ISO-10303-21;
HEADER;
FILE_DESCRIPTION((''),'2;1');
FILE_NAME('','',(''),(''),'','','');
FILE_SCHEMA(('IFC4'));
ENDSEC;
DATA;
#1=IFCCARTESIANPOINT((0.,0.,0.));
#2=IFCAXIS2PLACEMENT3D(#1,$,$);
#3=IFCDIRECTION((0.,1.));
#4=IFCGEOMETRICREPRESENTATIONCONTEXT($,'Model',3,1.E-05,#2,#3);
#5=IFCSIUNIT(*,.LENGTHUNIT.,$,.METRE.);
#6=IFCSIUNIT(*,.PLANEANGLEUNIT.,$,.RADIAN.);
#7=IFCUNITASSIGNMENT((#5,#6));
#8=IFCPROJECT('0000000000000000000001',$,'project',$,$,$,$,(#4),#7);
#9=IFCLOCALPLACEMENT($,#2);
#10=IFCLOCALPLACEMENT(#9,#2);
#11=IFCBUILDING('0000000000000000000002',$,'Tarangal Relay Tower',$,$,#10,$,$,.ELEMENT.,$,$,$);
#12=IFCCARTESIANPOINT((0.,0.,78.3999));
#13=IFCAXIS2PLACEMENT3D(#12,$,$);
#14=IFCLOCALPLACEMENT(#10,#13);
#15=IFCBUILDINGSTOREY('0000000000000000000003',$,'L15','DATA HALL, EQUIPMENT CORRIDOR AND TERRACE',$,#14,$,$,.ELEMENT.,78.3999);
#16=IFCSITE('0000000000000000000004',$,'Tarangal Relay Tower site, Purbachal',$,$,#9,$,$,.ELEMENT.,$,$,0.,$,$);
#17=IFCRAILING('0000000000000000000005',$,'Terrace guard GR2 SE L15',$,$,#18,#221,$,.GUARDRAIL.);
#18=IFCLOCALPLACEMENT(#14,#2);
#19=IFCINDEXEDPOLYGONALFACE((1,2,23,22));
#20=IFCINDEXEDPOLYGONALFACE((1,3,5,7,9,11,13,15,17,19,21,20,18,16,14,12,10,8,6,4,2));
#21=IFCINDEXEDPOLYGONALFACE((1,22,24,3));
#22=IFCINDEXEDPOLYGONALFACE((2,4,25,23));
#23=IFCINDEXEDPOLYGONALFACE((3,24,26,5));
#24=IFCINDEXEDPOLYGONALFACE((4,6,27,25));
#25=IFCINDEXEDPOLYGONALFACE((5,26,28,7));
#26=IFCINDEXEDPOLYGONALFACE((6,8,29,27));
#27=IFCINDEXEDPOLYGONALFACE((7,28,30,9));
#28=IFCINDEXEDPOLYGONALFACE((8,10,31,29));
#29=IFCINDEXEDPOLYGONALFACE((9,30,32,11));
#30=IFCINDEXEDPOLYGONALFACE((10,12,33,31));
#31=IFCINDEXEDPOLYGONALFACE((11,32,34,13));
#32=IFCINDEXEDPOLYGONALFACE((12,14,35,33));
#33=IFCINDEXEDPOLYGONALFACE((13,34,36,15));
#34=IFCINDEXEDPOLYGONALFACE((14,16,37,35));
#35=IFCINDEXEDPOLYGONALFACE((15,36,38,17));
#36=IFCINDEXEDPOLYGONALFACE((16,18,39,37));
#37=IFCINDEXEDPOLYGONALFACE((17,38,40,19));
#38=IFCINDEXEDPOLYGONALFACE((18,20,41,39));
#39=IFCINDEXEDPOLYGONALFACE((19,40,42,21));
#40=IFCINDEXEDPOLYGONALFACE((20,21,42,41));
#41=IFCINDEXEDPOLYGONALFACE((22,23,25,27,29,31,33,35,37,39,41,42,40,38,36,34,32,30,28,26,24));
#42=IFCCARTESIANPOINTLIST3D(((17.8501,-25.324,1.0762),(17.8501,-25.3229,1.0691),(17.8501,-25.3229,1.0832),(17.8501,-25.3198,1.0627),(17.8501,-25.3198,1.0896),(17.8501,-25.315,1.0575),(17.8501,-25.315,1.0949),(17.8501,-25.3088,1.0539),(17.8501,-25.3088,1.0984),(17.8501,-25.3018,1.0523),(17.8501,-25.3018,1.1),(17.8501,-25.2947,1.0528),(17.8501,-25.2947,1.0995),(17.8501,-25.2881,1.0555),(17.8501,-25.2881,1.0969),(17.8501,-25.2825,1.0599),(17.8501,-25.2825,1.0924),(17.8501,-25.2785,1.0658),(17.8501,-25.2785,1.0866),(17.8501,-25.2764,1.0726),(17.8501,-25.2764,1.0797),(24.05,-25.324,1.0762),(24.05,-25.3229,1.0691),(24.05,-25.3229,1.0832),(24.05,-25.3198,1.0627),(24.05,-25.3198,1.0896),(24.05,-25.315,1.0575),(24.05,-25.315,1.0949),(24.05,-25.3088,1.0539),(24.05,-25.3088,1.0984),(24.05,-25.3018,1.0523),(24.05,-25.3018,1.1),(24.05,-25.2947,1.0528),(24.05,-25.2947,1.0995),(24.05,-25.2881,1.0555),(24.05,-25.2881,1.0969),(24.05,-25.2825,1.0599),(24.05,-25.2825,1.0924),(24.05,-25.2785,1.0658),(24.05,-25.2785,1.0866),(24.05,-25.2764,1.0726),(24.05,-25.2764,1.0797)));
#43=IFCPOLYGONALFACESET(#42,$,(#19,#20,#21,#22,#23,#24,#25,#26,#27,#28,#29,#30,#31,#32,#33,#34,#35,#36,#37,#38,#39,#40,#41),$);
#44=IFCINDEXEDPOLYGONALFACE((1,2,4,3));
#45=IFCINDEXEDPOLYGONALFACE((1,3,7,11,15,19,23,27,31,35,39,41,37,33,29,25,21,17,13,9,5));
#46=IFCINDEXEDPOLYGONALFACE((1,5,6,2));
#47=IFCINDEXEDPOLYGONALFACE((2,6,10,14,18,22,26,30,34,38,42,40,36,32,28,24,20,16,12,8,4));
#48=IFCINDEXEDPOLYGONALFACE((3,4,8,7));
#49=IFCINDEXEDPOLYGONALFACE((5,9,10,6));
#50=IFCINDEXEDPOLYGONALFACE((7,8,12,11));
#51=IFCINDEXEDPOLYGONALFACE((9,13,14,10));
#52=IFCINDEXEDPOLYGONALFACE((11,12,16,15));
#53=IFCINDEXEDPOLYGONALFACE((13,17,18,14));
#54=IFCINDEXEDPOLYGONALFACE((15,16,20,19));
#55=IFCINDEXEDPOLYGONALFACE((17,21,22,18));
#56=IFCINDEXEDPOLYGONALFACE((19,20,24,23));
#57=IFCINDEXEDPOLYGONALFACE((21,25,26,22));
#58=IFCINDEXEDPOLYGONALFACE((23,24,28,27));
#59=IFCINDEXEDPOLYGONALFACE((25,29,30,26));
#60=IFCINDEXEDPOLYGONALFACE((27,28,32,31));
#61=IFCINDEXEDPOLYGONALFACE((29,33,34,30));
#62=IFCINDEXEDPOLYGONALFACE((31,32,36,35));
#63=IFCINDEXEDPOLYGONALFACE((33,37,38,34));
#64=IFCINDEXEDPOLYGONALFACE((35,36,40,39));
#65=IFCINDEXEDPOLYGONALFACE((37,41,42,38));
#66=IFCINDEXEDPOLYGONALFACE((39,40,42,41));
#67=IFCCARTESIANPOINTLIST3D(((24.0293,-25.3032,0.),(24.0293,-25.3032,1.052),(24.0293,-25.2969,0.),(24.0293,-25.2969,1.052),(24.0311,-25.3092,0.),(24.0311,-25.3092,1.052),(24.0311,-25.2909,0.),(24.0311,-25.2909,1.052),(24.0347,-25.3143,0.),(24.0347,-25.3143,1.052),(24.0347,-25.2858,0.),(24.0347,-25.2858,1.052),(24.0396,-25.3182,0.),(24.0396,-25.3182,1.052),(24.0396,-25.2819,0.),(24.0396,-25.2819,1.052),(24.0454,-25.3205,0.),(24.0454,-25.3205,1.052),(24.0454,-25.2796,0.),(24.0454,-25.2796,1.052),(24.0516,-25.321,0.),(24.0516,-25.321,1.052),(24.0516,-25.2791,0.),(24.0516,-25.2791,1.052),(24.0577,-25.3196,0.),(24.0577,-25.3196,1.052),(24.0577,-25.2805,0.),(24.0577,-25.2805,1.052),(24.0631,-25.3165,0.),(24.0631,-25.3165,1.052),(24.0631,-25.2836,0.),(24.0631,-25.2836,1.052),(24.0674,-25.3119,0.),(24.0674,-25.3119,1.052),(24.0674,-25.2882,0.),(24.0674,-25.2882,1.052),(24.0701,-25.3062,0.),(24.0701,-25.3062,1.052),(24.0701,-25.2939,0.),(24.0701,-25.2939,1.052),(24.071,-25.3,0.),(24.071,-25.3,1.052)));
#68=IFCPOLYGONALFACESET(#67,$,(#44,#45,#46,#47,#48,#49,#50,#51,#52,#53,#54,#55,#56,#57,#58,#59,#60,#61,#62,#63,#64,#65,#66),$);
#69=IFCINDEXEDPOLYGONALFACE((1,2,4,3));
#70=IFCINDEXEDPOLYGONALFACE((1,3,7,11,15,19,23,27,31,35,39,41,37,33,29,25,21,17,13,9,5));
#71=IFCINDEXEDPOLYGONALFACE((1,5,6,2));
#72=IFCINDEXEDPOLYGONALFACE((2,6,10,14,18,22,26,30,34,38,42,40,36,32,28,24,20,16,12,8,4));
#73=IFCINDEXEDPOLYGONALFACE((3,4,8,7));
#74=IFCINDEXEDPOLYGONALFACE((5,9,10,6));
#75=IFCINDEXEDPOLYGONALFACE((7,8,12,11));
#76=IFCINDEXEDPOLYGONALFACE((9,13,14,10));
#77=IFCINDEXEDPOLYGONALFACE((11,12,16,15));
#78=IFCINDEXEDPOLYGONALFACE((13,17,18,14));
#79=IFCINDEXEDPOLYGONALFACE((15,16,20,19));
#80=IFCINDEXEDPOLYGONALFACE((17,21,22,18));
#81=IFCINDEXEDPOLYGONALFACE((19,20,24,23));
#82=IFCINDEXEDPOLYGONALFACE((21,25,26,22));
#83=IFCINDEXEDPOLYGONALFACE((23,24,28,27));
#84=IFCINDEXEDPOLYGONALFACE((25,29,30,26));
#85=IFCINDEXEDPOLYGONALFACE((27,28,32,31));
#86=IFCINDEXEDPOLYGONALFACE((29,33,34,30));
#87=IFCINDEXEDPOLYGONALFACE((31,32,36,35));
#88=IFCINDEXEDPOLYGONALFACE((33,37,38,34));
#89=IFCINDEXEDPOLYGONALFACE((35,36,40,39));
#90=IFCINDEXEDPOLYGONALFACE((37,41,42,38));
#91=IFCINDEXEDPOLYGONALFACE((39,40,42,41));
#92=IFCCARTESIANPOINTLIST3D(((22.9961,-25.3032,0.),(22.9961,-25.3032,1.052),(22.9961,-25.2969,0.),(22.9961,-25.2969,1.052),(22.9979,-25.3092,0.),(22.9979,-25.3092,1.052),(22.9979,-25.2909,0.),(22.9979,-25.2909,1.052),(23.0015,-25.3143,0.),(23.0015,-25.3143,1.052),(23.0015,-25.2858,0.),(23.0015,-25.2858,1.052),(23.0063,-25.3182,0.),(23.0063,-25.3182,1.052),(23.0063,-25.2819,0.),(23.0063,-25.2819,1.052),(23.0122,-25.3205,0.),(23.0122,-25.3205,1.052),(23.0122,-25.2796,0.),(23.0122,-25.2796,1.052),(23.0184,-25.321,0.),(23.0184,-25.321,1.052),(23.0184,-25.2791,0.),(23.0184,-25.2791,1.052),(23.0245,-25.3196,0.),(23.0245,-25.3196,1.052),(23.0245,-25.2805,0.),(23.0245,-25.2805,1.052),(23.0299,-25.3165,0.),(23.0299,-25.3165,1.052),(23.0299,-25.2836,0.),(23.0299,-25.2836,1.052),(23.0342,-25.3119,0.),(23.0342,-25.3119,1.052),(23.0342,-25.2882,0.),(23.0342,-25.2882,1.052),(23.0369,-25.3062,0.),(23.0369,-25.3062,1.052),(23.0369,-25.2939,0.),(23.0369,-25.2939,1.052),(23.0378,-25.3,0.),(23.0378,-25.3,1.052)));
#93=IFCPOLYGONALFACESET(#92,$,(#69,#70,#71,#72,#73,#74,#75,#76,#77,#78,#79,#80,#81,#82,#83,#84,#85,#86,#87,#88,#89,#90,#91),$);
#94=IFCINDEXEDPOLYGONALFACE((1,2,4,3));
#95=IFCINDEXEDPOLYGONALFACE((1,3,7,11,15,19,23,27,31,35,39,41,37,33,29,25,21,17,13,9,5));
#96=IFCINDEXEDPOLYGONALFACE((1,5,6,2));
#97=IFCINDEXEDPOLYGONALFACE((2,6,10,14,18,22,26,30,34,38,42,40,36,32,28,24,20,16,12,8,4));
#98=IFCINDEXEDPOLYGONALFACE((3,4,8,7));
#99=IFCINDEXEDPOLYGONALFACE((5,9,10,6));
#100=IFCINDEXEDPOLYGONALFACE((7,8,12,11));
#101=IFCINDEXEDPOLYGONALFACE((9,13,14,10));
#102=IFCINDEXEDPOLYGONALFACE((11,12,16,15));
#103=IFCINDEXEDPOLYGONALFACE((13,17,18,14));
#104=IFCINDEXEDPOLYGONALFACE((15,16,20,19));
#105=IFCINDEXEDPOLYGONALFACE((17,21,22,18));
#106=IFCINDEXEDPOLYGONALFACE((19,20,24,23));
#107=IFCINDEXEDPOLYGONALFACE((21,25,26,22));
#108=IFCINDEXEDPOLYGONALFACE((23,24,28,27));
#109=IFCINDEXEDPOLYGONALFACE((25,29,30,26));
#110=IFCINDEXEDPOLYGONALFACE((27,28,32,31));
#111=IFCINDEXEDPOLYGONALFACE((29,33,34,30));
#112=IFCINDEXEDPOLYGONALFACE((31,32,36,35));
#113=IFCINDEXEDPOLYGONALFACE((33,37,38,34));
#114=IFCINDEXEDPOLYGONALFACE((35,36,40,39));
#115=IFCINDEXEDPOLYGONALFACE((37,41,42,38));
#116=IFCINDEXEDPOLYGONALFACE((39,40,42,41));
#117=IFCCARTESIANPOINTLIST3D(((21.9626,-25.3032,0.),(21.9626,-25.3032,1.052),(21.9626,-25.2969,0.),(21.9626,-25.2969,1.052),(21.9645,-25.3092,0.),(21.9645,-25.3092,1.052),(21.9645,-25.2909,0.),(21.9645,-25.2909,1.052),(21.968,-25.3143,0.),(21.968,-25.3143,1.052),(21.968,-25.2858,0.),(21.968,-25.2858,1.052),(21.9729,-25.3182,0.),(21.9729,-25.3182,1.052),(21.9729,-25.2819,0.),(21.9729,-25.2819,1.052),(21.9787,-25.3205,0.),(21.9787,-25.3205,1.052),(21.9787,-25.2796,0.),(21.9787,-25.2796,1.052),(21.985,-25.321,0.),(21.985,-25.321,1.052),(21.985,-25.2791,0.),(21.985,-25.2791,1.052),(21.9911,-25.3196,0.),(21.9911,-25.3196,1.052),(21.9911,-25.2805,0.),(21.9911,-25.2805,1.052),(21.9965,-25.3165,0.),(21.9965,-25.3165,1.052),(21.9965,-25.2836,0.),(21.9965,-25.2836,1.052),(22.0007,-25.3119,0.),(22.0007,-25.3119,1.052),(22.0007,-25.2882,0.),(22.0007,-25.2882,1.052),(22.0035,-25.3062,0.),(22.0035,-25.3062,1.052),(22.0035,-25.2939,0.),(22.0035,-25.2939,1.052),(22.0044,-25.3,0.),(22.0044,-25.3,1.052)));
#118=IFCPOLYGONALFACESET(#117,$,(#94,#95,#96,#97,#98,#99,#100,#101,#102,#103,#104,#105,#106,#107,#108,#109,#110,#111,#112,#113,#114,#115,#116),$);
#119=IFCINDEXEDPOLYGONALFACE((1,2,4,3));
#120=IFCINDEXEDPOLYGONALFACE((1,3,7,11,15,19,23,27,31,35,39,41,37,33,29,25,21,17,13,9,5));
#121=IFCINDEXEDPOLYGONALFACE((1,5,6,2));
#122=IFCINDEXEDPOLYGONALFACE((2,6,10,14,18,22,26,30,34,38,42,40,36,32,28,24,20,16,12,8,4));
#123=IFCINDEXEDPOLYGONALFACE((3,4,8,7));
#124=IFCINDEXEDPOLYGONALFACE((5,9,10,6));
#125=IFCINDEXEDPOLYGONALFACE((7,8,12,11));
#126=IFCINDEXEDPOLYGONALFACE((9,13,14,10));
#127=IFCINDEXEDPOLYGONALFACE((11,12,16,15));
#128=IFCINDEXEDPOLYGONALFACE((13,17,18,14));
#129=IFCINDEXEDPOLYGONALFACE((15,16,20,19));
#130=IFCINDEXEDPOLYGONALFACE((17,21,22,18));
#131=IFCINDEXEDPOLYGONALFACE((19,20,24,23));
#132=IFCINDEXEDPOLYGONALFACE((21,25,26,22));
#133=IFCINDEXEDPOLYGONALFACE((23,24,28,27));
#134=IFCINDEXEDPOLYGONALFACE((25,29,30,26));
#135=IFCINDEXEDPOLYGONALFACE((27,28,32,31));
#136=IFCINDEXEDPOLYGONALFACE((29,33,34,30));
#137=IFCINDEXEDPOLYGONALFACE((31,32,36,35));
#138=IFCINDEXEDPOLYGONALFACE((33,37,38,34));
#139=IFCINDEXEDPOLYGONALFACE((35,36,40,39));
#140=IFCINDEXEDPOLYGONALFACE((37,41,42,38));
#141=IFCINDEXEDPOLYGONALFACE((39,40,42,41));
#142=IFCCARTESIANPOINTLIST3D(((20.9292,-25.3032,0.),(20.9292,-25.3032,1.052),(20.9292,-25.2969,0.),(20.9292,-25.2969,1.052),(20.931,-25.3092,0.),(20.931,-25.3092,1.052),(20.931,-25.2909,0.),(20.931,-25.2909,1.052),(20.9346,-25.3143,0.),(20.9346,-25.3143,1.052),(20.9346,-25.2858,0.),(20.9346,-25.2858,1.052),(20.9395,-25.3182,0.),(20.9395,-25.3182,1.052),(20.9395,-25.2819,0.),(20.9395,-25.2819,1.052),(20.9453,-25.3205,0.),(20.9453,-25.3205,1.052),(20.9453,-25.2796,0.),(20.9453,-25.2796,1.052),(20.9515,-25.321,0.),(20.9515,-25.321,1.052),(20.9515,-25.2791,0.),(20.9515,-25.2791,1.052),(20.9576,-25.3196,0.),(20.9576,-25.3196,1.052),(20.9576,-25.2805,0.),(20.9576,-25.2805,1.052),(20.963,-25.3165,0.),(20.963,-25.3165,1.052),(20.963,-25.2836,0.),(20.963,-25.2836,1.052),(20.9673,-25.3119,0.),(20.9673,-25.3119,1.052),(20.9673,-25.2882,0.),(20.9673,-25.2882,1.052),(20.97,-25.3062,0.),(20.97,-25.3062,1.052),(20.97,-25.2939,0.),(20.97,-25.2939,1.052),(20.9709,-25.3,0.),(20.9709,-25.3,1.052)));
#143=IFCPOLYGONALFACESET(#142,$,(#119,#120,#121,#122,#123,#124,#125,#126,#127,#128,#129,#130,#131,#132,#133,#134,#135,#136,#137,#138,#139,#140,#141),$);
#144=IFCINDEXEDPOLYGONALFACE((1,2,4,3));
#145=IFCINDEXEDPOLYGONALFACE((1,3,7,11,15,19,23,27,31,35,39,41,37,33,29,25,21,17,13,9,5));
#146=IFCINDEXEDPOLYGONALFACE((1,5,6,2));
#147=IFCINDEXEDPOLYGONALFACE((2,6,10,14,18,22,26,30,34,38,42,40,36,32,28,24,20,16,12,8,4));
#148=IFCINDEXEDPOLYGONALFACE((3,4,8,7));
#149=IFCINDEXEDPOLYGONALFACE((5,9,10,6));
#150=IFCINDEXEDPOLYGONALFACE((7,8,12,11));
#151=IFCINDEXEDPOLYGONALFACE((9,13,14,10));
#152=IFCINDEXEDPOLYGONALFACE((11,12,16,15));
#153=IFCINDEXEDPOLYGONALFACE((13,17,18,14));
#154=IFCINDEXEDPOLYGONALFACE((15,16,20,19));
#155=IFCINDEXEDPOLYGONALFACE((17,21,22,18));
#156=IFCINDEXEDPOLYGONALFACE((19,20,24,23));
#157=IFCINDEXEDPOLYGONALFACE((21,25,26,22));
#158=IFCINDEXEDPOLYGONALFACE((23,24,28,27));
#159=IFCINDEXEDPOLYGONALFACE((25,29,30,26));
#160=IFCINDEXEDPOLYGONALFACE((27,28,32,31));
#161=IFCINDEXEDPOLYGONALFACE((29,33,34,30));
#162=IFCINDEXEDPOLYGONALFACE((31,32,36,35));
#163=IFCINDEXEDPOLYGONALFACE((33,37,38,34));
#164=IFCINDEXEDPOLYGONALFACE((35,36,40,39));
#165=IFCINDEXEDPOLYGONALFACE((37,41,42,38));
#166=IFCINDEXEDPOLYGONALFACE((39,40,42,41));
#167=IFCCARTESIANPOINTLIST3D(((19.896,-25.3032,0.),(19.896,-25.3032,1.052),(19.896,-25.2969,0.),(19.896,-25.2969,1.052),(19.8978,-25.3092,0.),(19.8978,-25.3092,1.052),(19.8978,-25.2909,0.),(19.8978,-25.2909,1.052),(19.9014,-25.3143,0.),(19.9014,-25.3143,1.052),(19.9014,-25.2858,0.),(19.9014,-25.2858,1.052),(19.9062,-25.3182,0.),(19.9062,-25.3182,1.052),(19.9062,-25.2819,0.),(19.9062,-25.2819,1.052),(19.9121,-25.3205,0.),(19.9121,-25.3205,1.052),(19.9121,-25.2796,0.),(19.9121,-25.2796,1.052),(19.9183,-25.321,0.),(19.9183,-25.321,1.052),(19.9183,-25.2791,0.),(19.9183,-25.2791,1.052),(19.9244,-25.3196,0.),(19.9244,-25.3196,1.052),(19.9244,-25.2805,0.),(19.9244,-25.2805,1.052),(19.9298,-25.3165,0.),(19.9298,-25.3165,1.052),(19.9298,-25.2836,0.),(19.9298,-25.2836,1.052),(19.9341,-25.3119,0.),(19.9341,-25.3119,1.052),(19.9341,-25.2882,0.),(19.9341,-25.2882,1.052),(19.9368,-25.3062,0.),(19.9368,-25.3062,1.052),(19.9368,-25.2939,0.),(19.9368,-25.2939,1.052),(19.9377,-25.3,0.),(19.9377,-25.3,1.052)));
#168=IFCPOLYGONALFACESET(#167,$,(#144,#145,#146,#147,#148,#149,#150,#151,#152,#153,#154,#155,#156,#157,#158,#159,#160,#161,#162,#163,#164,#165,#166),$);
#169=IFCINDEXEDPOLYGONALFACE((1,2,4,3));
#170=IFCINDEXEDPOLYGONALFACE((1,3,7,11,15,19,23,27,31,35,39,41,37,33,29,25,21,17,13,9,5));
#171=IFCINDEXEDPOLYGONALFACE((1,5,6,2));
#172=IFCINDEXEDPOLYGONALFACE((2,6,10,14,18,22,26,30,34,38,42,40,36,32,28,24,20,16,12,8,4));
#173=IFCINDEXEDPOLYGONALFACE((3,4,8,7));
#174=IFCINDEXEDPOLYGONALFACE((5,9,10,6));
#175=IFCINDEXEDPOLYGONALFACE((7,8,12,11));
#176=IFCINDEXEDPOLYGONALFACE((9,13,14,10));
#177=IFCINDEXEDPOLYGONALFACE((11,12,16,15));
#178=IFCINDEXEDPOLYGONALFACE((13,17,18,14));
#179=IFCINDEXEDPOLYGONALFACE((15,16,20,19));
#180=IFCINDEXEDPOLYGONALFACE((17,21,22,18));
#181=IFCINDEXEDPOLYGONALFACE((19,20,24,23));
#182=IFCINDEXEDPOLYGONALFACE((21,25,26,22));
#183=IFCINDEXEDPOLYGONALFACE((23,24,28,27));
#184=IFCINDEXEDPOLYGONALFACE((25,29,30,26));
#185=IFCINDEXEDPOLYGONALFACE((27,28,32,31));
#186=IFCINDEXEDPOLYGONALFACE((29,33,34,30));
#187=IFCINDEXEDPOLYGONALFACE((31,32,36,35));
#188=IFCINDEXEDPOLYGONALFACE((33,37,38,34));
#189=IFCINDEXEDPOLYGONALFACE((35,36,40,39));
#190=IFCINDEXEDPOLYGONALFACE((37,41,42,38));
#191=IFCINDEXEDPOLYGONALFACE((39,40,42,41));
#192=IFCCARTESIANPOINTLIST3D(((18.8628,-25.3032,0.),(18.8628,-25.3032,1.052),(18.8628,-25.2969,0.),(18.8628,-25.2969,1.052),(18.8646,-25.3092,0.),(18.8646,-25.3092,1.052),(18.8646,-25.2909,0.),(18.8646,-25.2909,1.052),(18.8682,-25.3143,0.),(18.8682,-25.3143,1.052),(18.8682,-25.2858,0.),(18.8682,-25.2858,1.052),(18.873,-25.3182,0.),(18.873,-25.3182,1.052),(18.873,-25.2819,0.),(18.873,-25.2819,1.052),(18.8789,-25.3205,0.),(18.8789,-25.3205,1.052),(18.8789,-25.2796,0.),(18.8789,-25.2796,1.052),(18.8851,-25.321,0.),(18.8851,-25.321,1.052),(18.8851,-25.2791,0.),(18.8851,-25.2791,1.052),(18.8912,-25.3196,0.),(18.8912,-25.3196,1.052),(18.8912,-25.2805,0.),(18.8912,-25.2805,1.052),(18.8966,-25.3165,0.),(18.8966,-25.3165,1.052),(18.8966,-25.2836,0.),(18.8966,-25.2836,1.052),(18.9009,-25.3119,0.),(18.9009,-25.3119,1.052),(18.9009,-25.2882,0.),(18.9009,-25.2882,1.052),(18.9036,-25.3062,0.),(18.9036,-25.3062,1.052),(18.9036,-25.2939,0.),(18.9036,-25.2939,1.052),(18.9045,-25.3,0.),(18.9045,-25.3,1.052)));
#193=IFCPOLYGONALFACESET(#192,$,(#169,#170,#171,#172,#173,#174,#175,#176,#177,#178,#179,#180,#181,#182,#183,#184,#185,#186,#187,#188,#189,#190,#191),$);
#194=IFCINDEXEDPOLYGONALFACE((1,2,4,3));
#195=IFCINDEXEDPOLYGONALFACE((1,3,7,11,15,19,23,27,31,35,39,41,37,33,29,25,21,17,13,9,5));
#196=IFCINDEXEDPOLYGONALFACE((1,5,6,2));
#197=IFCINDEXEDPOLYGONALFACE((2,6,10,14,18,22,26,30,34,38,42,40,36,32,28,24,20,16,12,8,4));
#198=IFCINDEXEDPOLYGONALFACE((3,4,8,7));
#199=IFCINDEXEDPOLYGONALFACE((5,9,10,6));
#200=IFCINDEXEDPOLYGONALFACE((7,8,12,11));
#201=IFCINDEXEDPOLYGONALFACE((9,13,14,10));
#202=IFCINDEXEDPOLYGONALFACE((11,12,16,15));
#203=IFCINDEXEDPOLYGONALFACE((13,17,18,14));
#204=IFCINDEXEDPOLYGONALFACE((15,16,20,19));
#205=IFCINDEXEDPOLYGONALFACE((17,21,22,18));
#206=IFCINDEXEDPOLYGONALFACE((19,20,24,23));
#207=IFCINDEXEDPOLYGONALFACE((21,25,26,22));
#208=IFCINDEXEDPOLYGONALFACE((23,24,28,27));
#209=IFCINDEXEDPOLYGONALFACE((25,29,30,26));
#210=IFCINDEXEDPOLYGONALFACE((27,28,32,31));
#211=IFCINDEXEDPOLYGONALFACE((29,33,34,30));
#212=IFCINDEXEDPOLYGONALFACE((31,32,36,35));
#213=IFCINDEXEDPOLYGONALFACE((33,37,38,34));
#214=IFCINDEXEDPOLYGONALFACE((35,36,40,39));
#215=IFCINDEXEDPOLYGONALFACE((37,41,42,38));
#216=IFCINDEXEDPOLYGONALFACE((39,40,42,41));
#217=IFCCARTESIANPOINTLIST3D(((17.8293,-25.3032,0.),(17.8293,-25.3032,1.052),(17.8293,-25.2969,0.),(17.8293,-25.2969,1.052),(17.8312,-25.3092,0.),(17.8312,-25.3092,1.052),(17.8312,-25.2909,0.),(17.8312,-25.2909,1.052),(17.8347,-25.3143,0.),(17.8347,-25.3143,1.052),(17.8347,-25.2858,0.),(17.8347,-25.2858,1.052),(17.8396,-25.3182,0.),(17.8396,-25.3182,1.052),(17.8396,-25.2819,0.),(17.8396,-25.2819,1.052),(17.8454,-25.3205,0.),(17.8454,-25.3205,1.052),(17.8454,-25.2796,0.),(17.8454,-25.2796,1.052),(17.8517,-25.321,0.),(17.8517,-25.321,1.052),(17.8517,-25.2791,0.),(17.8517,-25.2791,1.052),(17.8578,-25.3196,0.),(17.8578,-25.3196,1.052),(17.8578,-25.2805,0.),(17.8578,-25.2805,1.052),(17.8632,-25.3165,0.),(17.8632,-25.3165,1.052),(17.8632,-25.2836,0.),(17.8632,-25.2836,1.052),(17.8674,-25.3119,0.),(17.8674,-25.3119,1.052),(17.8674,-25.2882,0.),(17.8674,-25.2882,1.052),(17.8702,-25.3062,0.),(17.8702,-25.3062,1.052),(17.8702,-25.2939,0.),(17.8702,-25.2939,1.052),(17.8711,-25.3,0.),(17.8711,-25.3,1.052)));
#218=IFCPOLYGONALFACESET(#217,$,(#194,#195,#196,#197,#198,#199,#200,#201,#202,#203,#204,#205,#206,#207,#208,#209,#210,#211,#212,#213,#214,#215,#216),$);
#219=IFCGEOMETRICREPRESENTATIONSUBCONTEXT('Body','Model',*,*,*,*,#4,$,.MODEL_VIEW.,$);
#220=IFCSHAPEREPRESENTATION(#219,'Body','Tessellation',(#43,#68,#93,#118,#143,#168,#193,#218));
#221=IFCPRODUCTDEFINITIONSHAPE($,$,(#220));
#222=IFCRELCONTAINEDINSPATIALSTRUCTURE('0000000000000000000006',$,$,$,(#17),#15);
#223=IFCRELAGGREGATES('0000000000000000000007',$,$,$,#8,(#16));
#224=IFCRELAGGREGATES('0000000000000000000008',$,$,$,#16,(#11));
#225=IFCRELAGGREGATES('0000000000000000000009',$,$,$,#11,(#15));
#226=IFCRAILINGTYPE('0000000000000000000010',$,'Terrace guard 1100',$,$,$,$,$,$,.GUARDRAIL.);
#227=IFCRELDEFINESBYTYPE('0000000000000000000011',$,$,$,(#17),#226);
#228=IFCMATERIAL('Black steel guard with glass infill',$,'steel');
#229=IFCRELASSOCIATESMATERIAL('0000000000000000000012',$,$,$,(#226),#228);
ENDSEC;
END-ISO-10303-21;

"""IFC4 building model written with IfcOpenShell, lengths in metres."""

from ifc_helpers import new_model, si_unit, direction, frame, origin, origin_2d, place, context, subcontext, project, spatial, circle, extrude, material, type_object, element, save


model = new_model("IFC4")

# Units and contexts
model_context = context("Model", 3, precision=1e-05, world=origin(), true_north=direction((0.0, 1.0)))
body_context = subcontext(model_context, "Body", "Model", "MODEL_VIEW")
ifc_project = project(units=[si_unit("LENGTHUNIT", "METRE"), si_unit("PLANEANGLEUNIT", "RADIAN")], contexts=[model_context])

# Site, building, storey
site_placement = place(None, origin())
site = spatial("IfcSite", under=ifc_project, at=site_placement, Name="Tarangal Relay Tower site, Purbachal", CompositionType="ELEMENT", RefElevation=0.0)
building_placement = place(site_placement, origin())
building = spatial("IfcBuilding", under=site, at=building_placement, Name="Tarangal Relay Tower", CompositionType="ELEMENT")
storey_placement = place(building_placement, frame((0.0, 0.0, 78.3999)))
storey = spatial("IfcBuildingStorey", under=building, at=storey_placement, Name="L15", Description="DATA HALL, EQUIPMENT CORRIDOR AND TERRACE", CompositionType="ELEMENT", Elevation=78.3999)

# Railing
ifc_material_1 = material(Name="Black steel guard with glass infill", Category="steel")
railing_type = type_object("IfcRailingType", Name="Terrace guard 1100", PredefinedType="GUARDRAIL", material=ifc_material_1)
railing_1_placement = place(storey_placement, frame((24.05, -25.3, 0.0)))
element("IfcRailing", 1, at=railing_1_placement, inside=storey, type_object=railing_type, Name="Terrace guard GR2 SE L15", PredefinedType="GUARDRAIL", context=body_context, shape_type="SweptSolid", body=[
    extrude(circle(Radius=0.0239, at=origin_2d()), frame((0.0, 0.0, 1.0762), z_axis=(-1.0, 0.0, 0.0), x_axis=(0.0, -1.0, 0.0)), (0.0, 0.0, 1.0), 6.2),
    extrude(circle(Radius=0.021, at=origin_2d()), origin(), (0.0, 0.0, 1.0), 1.052),
    extrude(circle(Radius=0.021, at=origin_2d()), frame((-1.0332, 0.0, 0.0)), (0.0, 0.0, 1.0), 1.052),
    extrude(circle(Radius=0.021, at=origin_2d()), frame((-2.0667, 0.0, 0.0)), (0.0, 0.0, 1.0), 1.052),
    extrude(circle(Radius=0.021, at=origin_2d()), frame((-3.1001, 0.0, 0.0)), (0.0, 0.0, 1.0), 1.052),
    extrude(circle(Radius=0.021, at=origin_2d()), frame((-4.1333, 0.0, 0.0)), (0.0, 0.0, 1.0), 1.052),
    extrude(circle(Radius=0.021, at=origin_2d()), frame((-5.1665, 0.0, 0.0)), (0.0, 0.0, 1.0), 1.052),
    extrude(circle(Radius=0.021, at=origin_2d()), frame((-6.2, 0.0, 0.0)), (0.0, 0.0, 1.0), 1.052),
])

save(model, "model.ifc")
